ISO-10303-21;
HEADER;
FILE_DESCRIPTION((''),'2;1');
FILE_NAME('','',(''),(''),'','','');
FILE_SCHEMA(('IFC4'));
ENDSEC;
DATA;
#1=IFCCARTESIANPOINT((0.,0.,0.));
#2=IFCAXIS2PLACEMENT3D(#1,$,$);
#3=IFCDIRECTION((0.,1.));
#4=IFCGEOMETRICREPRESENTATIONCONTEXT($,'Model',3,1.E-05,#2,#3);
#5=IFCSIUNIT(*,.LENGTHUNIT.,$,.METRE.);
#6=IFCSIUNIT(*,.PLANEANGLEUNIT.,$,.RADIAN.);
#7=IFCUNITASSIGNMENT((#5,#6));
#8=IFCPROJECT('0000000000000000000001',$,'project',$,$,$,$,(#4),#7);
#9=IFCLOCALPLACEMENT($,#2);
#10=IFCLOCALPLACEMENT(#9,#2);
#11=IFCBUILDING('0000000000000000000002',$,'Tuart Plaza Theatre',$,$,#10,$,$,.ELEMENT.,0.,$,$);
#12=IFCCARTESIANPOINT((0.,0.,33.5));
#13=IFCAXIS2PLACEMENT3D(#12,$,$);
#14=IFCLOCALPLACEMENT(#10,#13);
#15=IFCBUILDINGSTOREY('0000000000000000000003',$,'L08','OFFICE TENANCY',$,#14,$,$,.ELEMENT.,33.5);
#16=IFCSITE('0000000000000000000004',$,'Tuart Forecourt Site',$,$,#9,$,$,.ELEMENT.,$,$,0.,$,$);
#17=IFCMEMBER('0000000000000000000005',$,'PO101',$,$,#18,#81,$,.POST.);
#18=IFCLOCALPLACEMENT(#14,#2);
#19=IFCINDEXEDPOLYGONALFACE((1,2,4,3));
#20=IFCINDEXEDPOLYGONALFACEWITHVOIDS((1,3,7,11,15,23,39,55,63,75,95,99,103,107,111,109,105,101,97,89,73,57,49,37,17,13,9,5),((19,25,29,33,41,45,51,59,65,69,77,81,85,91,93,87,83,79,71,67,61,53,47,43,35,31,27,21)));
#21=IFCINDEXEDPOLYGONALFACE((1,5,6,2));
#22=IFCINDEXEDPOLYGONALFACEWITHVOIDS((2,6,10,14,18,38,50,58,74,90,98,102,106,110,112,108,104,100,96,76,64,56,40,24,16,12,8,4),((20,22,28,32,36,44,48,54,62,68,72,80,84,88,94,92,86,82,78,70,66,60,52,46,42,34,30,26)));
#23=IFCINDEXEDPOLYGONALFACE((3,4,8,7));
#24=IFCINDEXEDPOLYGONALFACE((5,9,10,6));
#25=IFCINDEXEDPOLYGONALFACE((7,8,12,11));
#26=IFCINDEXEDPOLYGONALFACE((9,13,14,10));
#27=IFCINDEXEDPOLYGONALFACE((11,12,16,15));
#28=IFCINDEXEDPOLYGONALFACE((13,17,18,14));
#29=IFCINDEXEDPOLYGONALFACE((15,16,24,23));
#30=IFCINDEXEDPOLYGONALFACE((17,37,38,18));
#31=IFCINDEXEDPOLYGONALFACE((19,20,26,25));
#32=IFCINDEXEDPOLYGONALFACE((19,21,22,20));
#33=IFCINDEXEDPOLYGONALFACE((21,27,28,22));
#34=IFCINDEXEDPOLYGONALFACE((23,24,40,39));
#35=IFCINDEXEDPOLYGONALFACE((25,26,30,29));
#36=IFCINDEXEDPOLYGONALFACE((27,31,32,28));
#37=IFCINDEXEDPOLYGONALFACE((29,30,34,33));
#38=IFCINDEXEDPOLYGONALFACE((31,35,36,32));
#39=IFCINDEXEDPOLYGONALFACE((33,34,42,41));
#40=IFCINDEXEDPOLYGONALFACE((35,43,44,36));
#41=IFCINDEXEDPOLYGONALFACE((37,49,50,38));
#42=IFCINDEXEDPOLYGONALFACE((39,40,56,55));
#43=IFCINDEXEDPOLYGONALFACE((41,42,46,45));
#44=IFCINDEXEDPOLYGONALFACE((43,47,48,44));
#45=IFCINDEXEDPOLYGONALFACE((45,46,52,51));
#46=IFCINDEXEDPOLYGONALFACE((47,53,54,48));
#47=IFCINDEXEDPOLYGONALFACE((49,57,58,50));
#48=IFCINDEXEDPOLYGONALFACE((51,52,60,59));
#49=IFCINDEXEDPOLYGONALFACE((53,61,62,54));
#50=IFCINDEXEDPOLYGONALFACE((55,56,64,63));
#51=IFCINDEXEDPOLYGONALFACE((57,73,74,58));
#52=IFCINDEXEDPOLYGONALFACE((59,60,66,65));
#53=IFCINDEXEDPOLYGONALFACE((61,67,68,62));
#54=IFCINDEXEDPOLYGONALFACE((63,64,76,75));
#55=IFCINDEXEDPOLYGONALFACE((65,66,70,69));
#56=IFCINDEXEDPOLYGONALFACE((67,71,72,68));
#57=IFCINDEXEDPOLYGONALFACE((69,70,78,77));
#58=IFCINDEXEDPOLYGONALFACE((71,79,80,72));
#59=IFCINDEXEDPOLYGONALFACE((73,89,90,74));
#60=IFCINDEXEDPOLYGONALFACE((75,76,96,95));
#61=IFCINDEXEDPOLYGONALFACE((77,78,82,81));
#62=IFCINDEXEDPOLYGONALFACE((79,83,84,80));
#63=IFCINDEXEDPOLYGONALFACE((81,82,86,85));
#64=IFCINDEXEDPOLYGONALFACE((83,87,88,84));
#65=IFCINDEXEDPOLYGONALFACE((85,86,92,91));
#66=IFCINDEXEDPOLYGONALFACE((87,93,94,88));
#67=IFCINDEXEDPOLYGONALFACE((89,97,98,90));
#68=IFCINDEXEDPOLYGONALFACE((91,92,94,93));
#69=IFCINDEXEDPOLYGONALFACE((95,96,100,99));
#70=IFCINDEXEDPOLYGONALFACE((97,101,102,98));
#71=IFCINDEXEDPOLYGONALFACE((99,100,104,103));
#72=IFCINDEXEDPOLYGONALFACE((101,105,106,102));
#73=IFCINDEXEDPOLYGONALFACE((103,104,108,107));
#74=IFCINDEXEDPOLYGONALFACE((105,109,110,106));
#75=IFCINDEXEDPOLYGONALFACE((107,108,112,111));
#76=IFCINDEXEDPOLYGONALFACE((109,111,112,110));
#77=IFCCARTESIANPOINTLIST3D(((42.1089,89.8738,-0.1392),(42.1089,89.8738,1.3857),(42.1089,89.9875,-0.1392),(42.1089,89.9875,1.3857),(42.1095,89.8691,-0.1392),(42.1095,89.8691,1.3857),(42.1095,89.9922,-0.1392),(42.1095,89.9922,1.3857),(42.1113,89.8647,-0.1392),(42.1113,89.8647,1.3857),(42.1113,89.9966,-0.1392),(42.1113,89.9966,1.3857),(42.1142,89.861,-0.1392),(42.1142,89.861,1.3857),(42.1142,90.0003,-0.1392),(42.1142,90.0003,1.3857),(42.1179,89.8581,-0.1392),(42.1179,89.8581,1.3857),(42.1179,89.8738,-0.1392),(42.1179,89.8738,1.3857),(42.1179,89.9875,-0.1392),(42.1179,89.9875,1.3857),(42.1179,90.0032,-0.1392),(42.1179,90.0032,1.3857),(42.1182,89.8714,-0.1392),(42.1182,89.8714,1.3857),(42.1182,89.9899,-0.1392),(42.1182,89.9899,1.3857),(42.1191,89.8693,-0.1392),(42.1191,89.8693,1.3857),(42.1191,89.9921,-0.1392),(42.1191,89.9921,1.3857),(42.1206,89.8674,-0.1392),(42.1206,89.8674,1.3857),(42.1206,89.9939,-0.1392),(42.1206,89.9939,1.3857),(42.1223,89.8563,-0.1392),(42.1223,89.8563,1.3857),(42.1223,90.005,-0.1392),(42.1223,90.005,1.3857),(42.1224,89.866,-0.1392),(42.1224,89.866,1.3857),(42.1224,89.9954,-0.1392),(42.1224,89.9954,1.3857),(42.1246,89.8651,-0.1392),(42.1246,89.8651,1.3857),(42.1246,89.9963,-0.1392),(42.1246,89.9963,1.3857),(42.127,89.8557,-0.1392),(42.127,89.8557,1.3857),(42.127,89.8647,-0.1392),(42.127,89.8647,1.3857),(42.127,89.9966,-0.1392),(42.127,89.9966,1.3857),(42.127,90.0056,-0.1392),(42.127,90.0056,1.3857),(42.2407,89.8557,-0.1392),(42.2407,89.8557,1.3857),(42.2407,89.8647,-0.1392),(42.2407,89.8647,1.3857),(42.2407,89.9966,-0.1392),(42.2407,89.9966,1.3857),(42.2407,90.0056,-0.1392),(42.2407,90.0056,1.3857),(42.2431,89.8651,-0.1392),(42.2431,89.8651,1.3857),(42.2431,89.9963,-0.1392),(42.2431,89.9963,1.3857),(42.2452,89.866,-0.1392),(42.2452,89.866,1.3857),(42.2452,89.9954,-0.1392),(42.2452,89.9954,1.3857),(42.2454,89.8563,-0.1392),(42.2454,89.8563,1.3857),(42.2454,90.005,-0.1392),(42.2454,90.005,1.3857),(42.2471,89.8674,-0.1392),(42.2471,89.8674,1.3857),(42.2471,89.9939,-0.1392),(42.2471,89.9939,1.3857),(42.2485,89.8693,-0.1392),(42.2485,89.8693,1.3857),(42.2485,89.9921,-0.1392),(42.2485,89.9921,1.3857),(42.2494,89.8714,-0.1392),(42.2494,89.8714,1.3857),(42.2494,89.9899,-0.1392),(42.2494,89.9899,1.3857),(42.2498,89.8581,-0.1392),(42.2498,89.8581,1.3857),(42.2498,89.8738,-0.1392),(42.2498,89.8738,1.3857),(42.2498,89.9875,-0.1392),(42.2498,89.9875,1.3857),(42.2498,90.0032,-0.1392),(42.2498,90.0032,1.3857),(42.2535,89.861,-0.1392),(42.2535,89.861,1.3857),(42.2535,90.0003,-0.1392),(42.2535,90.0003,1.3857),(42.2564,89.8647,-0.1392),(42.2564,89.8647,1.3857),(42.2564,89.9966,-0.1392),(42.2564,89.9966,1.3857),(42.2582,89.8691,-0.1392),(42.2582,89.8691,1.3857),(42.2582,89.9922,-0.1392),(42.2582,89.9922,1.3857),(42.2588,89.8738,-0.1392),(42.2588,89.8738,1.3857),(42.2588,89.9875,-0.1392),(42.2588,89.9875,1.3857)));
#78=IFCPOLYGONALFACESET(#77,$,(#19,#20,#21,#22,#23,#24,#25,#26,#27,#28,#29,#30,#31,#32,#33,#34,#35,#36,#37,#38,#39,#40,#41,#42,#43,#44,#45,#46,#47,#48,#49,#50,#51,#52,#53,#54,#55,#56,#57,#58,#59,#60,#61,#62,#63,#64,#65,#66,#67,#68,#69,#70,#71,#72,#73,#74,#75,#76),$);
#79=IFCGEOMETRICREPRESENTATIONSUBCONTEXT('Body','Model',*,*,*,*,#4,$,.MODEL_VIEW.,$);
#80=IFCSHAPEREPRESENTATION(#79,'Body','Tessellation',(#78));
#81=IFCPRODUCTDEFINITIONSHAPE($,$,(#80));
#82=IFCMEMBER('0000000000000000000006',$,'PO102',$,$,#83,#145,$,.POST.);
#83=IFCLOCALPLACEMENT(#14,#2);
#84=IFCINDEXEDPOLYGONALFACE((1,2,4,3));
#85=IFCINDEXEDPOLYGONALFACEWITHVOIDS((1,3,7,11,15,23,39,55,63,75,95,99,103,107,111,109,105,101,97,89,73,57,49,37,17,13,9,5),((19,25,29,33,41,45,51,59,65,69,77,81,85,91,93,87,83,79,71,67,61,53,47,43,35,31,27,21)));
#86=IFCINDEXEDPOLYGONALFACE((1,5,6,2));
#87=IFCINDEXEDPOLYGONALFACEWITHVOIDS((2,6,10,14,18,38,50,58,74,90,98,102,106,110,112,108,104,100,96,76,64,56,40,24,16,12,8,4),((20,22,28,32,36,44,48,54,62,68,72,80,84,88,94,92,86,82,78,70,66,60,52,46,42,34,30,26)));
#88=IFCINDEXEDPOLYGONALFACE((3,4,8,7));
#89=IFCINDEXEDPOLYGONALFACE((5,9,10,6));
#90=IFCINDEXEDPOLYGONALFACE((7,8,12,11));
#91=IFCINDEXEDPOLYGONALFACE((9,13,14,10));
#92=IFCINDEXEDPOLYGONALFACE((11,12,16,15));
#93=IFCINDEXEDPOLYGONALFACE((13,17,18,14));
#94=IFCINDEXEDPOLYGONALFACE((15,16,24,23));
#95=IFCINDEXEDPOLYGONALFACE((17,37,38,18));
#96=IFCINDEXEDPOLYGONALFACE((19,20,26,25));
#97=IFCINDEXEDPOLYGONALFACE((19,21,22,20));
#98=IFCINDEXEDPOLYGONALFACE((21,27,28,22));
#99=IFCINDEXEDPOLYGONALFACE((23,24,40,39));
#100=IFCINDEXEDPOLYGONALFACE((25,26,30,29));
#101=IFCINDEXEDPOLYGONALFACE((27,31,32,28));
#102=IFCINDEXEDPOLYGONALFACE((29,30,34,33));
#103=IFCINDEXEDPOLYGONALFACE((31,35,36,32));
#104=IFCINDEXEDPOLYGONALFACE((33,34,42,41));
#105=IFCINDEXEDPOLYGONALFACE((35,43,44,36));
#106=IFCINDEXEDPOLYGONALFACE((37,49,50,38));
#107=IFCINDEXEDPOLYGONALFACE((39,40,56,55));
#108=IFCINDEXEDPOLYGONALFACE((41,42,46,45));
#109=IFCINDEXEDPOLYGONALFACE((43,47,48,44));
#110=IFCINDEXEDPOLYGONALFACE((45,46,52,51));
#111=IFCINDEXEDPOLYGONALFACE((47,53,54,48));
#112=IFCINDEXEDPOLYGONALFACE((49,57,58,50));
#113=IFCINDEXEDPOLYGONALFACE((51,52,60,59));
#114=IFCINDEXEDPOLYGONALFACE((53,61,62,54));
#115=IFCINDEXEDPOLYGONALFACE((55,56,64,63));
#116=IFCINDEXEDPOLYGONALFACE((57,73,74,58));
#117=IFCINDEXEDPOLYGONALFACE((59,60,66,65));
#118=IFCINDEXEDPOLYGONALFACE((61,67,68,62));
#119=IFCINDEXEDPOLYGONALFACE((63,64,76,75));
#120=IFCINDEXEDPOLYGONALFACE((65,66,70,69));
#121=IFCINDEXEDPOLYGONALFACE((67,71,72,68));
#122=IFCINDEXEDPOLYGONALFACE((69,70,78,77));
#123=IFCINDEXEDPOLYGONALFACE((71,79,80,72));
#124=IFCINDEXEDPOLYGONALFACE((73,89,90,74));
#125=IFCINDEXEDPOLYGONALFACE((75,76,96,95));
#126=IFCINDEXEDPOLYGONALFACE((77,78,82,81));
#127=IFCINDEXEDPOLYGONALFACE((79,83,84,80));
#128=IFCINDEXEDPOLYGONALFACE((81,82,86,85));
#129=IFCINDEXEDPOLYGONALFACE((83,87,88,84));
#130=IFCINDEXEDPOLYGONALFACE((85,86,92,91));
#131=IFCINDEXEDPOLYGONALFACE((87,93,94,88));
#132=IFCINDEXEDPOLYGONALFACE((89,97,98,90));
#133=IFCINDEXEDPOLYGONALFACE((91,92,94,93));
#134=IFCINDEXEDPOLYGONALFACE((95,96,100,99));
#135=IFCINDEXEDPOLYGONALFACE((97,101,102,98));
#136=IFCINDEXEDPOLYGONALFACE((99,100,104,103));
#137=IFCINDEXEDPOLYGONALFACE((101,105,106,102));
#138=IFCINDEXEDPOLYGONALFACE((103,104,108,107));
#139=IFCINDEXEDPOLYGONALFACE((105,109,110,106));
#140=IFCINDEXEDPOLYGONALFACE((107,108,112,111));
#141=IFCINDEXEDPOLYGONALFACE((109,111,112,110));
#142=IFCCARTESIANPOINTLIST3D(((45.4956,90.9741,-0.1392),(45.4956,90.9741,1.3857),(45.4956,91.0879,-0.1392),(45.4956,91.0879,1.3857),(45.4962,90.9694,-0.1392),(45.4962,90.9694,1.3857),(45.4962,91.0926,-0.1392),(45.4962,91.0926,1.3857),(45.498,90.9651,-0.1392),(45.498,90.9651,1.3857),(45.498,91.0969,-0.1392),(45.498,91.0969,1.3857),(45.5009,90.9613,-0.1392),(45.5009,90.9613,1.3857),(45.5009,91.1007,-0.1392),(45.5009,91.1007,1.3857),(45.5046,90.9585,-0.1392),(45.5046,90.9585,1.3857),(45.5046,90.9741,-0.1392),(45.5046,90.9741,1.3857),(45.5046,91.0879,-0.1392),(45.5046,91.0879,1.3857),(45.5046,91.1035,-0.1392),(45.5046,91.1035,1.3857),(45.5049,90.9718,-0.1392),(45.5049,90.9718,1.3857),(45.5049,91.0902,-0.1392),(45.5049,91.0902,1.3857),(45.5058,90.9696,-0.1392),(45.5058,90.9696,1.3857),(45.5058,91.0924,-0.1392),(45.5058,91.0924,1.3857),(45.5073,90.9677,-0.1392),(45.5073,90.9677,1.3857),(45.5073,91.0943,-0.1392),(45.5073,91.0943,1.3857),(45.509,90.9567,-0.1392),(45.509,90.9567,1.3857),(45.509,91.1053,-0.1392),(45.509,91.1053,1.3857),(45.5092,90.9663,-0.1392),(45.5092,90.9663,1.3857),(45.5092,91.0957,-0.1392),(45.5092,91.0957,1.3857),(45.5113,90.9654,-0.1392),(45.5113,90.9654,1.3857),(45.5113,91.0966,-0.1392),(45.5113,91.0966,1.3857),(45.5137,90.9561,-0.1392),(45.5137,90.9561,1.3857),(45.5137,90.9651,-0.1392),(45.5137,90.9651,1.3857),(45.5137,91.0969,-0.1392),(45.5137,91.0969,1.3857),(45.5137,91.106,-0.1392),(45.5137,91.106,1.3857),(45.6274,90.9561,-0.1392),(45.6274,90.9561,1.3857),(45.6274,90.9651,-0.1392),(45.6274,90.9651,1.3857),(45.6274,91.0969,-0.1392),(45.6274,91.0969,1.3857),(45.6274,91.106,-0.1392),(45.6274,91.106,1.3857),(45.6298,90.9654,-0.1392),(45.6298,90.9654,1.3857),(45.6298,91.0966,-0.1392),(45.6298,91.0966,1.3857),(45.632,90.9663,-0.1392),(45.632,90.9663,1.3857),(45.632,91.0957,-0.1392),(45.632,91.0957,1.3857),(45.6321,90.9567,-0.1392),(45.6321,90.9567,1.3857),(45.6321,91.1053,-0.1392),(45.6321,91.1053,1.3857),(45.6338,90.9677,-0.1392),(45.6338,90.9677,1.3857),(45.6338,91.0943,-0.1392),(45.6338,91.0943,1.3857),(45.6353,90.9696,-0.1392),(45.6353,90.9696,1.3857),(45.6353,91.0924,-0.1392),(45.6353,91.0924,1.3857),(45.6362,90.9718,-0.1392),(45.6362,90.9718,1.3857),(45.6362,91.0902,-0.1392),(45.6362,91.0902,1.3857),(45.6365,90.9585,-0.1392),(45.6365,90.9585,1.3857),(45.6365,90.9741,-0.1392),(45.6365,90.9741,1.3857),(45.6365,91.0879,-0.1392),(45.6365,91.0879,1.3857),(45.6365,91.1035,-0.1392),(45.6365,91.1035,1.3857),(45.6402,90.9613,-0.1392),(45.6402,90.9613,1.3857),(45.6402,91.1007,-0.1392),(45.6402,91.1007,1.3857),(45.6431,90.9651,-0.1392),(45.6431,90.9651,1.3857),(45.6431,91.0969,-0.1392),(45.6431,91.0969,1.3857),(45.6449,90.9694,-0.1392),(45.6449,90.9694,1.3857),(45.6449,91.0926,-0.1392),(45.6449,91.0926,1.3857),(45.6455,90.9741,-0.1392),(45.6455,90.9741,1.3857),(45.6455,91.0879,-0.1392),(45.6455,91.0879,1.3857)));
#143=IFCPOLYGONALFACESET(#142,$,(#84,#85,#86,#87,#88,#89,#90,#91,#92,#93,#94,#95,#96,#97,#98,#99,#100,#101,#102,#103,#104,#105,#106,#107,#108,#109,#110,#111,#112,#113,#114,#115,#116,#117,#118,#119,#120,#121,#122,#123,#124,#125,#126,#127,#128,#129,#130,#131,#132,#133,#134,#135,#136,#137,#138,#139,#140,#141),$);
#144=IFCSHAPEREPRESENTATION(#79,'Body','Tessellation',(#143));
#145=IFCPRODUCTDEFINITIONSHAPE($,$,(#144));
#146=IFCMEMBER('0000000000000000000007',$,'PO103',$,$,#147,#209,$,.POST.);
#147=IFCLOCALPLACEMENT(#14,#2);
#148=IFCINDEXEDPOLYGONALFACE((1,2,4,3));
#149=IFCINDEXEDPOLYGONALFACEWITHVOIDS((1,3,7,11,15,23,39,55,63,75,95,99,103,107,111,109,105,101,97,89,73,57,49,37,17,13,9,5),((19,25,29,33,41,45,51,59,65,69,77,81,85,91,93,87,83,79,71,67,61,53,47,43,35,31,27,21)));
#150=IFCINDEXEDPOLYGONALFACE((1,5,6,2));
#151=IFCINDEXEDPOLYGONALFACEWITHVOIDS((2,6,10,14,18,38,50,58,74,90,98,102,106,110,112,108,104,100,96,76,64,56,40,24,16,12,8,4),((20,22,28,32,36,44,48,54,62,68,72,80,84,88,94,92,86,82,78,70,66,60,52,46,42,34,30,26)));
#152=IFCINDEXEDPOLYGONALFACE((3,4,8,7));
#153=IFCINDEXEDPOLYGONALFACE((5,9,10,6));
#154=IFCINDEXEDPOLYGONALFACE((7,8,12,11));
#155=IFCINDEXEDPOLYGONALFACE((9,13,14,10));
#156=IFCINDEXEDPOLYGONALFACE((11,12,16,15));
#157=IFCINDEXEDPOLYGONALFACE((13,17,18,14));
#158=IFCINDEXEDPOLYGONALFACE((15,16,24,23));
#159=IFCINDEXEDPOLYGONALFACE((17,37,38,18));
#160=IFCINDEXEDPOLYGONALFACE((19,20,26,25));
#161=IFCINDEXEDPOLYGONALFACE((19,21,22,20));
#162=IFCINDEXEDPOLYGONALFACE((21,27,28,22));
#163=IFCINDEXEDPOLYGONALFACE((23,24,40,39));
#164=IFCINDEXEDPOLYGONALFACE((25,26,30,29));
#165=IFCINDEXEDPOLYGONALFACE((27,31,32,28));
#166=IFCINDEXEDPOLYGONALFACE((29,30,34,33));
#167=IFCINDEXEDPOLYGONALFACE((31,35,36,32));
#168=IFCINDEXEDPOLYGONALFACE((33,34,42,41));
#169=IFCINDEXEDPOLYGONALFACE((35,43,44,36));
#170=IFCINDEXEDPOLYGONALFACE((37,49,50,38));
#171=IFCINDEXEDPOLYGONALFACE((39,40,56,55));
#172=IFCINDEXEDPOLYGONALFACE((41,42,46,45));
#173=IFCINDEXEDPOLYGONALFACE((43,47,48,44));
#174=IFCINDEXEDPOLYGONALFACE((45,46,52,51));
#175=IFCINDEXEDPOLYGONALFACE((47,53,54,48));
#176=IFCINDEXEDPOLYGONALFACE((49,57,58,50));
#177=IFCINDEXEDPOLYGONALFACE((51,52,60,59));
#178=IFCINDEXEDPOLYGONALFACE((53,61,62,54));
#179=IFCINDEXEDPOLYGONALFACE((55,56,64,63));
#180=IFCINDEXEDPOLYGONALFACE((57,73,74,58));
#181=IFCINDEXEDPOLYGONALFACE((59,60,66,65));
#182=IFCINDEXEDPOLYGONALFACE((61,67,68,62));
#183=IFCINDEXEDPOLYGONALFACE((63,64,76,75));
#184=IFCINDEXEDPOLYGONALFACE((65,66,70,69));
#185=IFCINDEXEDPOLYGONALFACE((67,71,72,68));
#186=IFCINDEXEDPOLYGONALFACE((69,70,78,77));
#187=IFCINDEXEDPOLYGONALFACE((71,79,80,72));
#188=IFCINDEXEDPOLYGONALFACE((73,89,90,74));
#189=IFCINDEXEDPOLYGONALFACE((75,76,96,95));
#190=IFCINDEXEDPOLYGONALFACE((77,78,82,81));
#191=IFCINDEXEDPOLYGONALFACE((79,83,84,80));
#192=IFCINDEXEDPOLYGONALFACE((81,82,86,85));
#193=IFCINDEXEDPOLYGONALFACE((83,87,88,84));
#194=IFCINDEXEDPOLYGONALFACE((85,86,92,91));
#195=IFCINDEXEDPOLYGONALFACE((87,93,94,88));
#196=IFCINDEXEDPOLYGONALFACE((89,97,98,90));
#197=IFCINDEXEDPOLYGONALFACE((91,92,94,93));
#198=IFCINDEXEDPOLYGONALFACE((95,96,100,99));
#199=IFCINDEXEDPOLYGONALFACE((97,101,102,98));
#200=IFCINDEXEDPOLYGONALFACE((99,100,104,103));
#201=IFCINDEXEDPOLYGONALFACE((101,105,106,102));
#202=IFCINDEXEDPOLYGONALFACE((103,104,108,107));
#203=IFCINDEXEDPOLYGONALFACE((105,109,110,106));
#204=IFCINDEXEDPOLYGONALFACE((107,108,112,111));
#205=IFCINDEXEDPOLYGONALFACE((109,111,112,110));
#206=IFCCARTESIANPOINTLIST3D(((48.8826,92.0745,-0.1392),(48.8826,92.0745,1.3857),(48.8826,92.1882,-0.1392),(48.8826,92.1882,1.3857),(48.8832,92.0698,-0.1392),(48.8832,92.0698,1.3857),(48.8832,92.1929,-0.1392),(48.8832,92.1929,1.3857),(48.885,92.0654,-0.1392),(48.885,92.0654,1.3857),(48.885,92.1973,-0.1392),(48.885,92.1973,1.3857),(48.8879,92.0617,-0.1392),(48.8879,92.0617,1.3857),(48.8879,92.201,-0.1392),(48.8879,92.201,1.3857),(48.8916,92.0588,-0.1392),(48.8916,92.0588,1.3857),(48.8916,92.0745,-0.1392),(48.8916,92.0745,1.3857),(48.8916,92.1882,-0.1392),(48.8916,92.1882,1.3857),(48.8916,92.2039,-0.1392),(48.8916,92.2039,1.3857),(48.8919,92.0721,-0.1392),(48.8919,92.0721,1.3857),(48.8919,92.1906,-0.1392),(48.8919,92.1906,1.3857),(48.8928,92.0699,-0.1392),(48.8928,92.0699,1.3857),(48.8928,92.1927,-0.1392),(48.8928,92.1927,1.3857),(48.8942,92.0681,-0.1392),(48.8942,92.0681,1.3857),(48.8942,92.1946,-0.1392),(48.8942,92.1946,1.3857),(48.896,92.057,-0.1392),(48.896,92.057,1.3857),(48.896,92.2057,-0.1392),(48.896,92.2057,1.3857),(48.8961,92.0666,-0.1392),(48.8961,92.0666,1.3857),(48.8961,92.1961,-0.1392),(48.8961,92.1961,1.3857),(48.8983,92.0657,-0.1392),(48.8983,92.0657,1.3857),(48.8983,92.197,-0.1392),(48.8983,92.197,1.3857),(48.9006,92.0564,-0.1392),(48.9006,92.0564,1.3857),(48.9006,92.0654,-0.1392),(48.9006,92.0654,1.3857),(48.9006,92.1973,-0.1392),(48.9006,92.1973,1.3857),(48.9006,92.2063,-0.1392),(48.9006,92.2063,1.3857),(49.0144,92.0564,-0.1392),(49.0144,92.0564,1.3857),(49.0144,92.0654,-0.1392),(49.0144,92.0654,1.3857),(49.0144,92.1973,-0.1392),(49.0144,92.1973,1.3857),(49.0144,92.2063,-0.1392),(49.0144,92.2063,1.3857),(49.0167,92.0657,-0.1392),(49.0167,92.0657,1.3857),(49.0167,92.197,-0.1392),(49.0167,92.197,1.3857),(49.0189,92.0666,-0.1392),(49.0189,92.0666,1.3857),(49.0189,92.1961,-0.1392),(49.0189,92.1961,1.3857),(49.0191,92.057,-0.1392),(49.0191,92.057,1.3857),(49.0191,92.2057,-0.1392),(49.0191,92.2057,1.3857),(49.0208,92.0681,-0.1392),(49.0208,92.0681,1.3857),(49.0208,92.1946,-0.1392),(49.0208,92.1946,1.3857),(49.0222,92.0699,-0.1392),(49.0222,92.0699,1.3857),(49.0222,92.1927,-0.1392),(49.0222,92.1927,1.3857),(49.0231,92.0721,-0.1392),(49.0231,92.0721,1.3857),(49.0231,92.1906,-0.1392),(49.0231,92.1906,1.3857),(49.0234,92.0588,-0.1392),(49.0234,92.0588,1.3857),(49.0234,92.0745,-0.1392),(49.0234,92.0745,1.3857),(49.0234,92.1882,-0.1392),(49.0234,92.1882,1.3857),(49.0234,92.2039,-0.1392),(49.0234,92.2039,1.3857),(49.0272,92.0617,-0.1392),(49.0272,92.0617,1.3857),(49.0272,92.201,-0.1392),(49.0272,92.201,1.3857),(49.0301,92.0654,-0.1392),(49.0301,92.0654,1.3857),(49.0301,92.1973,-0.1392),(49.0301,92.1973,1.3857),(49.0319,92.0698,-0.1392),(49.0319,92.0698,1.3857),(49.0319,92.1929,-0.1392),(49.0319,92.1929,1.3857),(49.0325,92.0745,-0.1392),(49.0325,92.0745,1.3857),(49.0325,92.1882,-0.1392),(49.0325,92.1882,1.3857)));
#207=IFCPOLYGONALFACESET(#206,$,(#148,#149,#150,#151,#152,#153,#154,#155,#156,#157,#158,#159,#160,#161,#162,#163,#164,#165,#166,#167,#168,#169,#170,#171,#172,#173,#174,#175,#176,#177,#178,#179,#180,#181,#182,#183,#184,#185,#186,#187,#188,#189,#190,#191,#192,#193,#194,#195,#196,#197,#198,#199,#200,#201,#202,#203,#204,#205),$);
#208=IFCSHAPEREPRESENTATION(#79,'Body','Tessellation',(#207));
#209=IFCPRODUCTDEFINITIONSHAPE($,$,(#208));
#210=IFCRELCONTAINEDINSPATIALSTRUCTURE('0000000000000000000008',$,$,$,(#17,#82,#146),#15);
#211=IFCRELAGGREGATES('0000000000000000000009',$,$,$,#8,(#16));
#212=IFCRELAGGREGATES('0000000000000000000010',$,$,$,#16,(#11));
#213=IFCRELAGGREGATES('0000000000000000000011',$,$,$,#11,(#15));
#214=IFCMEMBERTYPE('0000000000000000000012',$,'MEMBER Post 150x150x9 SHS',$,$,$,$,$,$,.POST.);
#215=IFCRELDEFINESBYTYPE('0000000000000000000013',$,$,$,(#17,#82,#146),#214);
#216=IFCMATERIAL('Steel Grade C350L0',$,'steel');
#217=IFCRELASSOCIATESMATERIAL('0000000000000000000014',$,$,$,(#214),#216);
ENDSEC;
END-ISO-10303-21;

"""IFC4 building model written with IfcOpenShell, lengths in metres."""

from ifc_helpers import new_model, si_unit, direction, frame, origin, origin_2d, place, context, subcontext, project, spatial, hollow_rectangle, extrude, material, material_profile, profile_set, type_object, element, save


model = new_model("IFC4")

# Units and contexts
model_context = context("Model", 3, precision=1e-05, world=origin(), true_north=direction((0.0, 1.0)))
body_context = subcontext(model_context, "Body", "Model", "MODEL_VIEW")
ifc_project = project(units=[si_unit("LENGTHUNIT", "METRE"), si_unit("PLANEANGLEUNIT", "RADIAN")], contexts=[model_context])

# Site, building, storey
site_placement = place(None, origin())
site = spatial("IfcSite", under=ifc_project, at=site_placement, Name="Tuart Forecourt Site", CompositionType="ELEMENT", RefElevation=0.0)
building_placement = place(site_placement, origin())
building = spatial("IfcBuilding", under=site, at=building_placement, Name="Tuart Plaza Theatre", CompositionType="ELEMENT", ElevationOfRefHeight=0.0)
storey_placement = place(building_placement, frame((0.0, 0.0, 33.5)))
storey = spatial("IfcBuildingStorey", under=building, at=storey_placement, Name="L08", Description="OFFICE TENANCY", CompositionType="ELEMENT", Elevation=33.5)

# Members
ifc_material_1 = material(Name="Steel Grade C350L0", Category="steel")
ifc_material_profile_1 = material_profile(ifc_material_1, hollow_rectangle(XDim=0.1499, YDim=0.1499, WallThickness=0.009, InnerFilletRadius=0.009, OuterFilletRadius=0.0181, at=origin_2d()), Name="150x150x9 SHS")
ifc_profile_set_1 = profile_set([ifc_material_profile_1], Name="Steel Grade C350L0")
member_type_1 = type_object("IfcMemberType", Name="MEMBER Post 150x150x9 SHS", PredefinedType="POST", material=ifc_profile_set_1)
for number, where, z_axis, x_axis, name in (
    (1, (42.1838, 89.9307, -0.1392), (0.0, 0.0, 1.0), (1.0, 0.0, 0.0), "PO101"),
    (2, (45.5706, 91.031, -0.1392), (0.0, 0.0, 1.0), (1.0, 0.0, 0.0), "PO102"),
    (3, (48.9575, 92.1313, -0.1392), (0.0, 0.0, 1.0), (1.0, 0.0, 0.0), "PO103"),
):
    element("IfcMember", number, at=place(storey_placement, frame(where, z_axis=z_axis, x_axis=x_axis)), inside=storey, type_object=member_type_1, Name=name, PredefinedType="POST", context=body_context, shape_type="SweptSolid", body=[
        extrude(hollow_rectangle(XDim=0.1499, YDim=0.1499, WallThickness=0.009, InnerFilletRadius=0.009, OuterFilletRadius=0.0181, at=origin_2d()), origin(), (0.0, 0.0, 1.0), 1.5249),
    ])

save(model, "model.ifc")
